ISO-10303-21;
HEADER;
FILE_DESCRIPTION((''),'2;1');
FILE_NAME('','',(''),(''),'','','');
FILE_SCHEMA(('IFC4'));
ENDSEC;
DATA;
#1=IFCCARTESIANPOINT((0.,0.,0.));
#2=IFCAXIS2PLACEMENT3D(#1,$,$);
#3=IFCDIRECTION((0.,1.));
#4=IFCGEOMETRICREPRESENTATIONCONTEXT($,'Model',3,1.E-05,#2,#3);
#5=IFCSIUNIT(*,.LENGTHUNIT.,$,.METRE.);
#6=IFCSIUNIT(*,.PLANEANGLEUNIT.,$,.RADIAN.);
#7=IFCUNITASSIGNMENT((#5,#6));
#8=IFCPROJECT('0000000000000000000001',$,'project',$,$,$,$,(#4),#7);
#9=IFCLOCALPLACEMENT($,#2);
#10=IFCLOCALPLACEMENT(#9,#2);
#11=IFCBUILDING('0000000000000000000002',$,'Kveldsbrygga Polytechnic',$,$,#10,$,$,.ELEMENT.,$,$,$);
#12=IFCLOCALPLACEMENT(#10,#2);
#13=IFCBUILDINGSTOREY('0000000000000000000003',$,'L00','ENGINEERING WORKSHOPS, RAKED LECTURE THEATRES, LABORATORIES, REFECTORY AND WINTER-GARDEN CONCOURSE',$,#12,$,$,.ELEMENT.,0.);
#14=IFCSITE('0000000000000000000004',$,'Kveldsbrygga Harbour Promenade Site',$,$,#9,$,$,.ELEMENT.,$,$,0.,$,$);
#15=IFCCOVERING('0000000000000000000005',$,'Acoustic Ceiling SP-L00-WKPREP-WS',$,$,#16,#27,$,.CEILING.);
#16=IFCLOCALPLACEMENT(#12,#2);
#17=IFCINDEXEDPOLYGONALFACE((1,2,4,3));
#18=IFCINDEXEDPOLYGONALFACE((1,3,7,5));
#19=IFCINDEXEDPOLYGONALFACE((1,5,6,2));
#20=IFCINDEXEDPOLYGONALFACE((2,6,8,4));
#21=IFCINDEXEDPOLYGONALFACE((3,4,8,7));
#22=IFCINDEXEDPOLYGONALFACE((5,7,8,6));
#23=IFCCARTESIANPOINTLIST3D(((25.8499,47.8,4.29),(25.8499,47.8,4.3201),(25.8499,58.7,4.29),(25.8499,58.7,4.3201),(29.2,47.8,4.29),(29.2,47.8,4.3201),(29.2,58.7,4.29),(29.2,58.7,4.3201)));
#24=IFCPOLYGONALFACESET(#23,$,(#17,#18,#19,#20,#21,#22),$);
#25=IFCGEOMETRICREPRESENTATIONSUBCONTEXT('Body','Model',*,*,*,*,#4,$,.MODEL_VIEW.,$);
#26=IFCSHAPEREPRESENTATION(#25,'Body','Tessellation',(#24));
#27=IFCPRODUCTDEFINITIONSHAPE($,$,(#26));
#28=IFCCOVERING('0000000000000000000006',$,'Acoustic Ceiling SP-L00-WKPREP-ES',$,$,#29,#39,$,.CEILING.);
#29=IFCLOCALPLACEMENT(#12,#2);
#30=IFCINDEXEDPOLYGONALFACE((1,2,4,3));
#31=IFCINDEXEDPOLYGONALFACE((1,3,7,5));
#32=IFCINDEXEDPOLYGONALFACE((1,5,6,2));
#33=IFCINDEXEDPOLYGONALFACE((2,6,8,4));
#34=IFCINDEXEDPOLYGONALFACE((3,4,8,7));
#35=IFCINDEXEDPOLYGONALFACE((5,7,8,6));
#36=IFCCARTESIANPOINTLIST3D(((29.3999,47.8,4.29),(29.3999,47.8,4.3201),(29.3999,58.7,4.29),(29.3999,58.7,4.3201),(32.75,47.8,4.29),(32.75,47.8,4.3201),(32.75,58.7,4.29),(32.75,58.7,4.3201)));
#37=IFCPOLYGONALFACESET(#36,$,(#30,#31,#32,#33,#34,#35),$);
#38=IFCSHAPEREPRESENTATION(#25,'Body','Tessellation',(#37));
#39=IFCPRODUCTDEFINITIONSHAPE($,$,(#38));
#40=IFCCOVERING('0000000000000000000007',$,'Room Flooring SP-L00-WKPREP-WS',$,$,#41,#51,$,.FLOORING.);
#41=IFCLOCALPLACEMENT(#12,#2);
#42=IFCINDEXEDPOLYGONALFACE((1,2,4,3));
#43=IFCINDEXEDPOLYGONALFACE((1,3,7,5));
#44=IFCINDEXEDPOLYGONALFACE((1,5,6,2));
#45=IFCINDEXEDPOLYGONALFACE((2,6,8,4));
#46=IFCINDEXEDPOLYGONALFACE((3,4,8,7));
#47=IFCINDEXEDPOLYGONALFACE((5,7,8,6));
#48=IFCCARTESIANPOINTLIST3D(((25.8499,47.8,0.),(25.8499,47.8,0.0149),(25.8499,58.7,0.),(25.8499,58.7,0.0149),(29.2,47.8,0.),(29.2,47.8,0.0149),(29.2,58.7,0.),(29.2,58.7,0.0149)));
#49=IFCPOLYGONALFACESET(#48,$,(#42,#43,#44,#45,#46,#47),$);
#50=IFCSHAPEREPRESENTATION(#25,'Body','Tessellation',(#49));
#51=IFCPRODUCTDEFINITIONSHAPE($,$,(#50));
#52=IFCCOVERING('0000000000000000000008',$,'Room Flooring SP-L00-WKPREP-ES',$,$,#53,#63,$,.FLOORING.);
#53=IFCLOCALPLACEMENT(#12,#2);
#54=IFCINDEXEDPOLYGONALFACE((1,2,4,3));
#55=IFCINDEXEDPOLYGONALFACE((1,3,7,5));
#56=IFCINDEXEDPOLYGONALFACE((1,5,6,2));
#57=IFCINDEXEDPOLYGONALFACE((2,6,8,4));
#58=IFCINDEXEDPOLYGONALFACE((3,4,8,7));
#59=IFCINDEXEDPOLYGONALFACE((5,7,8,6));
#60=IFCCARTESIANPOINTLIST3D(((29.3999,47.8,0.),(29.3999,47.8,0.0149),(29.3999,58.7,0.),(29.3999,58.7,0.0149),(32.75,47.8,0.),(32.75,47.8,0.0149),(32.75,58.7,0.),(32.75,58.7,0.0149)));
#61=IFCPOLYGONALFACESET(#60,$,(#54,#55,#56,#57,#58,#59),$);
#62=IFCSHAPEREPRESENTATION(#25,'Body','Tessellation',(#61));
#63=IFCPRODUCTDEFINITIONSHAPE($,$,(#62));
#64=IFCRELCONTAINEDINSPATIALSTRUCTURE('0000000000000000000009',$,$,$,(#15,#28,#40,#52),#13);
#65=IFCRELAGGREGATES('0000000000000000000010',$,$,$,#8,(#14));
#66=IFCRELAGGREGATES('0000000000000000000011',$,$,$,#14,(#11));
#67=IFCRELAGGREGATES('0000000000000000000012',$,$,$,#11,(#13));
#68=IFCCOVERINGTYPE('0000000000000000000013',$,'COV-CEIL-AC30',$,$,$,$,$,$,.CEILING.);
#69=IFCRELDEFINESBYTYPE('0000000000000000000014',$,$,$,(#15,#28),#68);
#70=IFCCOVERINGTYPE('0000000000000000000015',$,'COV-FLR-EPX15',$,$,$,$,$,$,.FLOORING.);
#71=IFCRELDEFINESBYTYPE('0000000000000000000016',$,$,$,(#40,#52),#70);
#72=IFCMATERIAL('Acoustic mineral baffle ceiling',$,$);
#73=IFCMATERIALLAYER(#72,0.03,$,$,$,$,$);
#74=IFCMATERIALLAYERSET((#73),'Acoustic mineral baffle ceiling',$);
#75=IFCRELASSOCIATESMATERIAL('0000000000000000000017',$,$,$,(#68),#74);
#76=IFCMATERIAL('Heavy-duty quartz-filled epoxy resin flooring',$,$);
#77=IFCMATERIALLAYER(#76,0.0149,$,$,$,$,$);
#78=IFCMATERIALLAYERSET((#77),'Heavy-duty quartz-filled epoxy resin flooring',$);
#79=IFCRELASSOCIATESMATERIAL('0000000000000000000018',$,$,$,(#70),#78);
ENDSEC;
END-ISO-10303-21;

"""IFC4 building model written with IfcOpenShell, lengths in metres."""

from ifc_helpers import new_model, si_unit, direction, frame, origin, origin_2d, place, context, subcontext, project, spatial, rectangle, extrude, material, layer, layer_set, type_object, element, save


model = new_model("IFC4")

# Units and contexts
model_context = context("Model", 3, precision=1e-05, world=origin(), true_north=direction((0.0, 1.0)))
body_context = subcontext(model_context, "Body", "Model", "MODEL_VIEW")
ifc_project = project(units=[si_unit("LENGTHUNIT", "METRE"), si_unit("PLANEANGLEUNIT", "RADIAN")], contexts=[model_context])

# Site, building, storey
site_placement = place(None, origin())
site = spatial("IfcSite", under=ifc_project, at=site_placement, Name="Kveldsbrygga Harbour Promenade Site", CompositionType="ELEMENT", RefElevation=0.0)
building_placement = place(site_placement, origin())
building = spatial("IfcBuilding", under=site, at=building_placement, Name="Kveldsbrygga Polytechnic", CompositionType="ELEMENT")
storey_placement = place(building_placement, origin())
storey = spatial("IfcBuildingStorey", under=building, at=storey_placement, Name="L00", Description="ENGINEERING WORKSHOPS, RAKED LECTURE THEATRES, LABORATORIES, REFECTORY AND WINTER-GARDEN CONCOURSE", CompositionType="ELEMENT", Elevation=0.0)

# Coverings
ifc_material_1 = material(Name="Acoustic mineral baffle ceiling")
ifc_layer_1 = layer(ifc_material_1, 0.03)
ifc_layer_set_1 = layer_set([ifc_layer_1], Name="Acoustic mineral baffle ceiling")
covering_type_1 = type_object("IfcCoveringType", Name="COV-CEIL-AC30", PredefinedType="CEILING", material=ifc_layer_set_1)
for number, where, z_axis, x_axis, name in (
    (1, (27.5249, 53.25, 4.29), (0.0, 0.0, 1.0), (1.0, 0.0, 0.0), "Acoustic Ceiling SP-L00-WKPREP-WS"),
    (2, (31.075, 53.25, 4.29), (0.0, 0.0, 1.0), (1.0, 0.0, 0.0), "Acoustic Ceiling SP-L00-WKPREP-ES"),
):
    element("IfcCovering", number, at=place(storey_placement, frame(where, z_axis=z_axis, x_axis=x_axis)), inside=storey, type_object=covering_type_1, Name=name, PredefinedType="CEILING", context=body_context, shape_type="SweptSolid", body=[
        extrude(rectangle(XDim=3.3501, YDim=10.8999, at=origin_2d()), origin(), (0.0, 0.0, 1.0), 0.03),
    ])
ifc_material_2 = material(Name="Heavy-duty quartz-filled epoxy resin flooring")
ifc_layer_2 = layer(ifc_material_2, 0.0149)
ifc_layer_set_2 = layer_set([ifc_layer_2], Name="Heavy-duty quartz-filled epoxy resin flooring")
covering_type_2 = type_object("IfcCoveringType", Name="COV-FLR-EPX15", PredefinedType="FLOORING", material=ifc_layer_set_2)
for number, where, z_axis, x_axis, name in (
    (3, (27.5249, 53.25, 0.0), (0.0, 0.0, 1.0), (1.0, 0.0, 0.0), "Room Flooring SP-L00-WKPREP-WS"),
    (4, (31.075, 53.25, 0.0), (0.0, 0.0, 1.0), (1.0, 0.0, 0.0), "Room Flooring SP-L00-WKPREP-ES"),
):
    element("IfcCovering", number, at=place(storey_placement, frame(where, z_axis=z_axis, x_axis=x_axis)), inside=storey, type_object=covering_type_2, Name=name, PredefinedType="FLOORING", context=body_context, shape_type="SweptSolid", body=[
        extrude(rectangle(XDim=3.3501, YDim=10.8999, at=origin_2d()), origin(), (0.0, 0.0, 1.0), 0.0149),
    ])

save(model, "model.ifc")
